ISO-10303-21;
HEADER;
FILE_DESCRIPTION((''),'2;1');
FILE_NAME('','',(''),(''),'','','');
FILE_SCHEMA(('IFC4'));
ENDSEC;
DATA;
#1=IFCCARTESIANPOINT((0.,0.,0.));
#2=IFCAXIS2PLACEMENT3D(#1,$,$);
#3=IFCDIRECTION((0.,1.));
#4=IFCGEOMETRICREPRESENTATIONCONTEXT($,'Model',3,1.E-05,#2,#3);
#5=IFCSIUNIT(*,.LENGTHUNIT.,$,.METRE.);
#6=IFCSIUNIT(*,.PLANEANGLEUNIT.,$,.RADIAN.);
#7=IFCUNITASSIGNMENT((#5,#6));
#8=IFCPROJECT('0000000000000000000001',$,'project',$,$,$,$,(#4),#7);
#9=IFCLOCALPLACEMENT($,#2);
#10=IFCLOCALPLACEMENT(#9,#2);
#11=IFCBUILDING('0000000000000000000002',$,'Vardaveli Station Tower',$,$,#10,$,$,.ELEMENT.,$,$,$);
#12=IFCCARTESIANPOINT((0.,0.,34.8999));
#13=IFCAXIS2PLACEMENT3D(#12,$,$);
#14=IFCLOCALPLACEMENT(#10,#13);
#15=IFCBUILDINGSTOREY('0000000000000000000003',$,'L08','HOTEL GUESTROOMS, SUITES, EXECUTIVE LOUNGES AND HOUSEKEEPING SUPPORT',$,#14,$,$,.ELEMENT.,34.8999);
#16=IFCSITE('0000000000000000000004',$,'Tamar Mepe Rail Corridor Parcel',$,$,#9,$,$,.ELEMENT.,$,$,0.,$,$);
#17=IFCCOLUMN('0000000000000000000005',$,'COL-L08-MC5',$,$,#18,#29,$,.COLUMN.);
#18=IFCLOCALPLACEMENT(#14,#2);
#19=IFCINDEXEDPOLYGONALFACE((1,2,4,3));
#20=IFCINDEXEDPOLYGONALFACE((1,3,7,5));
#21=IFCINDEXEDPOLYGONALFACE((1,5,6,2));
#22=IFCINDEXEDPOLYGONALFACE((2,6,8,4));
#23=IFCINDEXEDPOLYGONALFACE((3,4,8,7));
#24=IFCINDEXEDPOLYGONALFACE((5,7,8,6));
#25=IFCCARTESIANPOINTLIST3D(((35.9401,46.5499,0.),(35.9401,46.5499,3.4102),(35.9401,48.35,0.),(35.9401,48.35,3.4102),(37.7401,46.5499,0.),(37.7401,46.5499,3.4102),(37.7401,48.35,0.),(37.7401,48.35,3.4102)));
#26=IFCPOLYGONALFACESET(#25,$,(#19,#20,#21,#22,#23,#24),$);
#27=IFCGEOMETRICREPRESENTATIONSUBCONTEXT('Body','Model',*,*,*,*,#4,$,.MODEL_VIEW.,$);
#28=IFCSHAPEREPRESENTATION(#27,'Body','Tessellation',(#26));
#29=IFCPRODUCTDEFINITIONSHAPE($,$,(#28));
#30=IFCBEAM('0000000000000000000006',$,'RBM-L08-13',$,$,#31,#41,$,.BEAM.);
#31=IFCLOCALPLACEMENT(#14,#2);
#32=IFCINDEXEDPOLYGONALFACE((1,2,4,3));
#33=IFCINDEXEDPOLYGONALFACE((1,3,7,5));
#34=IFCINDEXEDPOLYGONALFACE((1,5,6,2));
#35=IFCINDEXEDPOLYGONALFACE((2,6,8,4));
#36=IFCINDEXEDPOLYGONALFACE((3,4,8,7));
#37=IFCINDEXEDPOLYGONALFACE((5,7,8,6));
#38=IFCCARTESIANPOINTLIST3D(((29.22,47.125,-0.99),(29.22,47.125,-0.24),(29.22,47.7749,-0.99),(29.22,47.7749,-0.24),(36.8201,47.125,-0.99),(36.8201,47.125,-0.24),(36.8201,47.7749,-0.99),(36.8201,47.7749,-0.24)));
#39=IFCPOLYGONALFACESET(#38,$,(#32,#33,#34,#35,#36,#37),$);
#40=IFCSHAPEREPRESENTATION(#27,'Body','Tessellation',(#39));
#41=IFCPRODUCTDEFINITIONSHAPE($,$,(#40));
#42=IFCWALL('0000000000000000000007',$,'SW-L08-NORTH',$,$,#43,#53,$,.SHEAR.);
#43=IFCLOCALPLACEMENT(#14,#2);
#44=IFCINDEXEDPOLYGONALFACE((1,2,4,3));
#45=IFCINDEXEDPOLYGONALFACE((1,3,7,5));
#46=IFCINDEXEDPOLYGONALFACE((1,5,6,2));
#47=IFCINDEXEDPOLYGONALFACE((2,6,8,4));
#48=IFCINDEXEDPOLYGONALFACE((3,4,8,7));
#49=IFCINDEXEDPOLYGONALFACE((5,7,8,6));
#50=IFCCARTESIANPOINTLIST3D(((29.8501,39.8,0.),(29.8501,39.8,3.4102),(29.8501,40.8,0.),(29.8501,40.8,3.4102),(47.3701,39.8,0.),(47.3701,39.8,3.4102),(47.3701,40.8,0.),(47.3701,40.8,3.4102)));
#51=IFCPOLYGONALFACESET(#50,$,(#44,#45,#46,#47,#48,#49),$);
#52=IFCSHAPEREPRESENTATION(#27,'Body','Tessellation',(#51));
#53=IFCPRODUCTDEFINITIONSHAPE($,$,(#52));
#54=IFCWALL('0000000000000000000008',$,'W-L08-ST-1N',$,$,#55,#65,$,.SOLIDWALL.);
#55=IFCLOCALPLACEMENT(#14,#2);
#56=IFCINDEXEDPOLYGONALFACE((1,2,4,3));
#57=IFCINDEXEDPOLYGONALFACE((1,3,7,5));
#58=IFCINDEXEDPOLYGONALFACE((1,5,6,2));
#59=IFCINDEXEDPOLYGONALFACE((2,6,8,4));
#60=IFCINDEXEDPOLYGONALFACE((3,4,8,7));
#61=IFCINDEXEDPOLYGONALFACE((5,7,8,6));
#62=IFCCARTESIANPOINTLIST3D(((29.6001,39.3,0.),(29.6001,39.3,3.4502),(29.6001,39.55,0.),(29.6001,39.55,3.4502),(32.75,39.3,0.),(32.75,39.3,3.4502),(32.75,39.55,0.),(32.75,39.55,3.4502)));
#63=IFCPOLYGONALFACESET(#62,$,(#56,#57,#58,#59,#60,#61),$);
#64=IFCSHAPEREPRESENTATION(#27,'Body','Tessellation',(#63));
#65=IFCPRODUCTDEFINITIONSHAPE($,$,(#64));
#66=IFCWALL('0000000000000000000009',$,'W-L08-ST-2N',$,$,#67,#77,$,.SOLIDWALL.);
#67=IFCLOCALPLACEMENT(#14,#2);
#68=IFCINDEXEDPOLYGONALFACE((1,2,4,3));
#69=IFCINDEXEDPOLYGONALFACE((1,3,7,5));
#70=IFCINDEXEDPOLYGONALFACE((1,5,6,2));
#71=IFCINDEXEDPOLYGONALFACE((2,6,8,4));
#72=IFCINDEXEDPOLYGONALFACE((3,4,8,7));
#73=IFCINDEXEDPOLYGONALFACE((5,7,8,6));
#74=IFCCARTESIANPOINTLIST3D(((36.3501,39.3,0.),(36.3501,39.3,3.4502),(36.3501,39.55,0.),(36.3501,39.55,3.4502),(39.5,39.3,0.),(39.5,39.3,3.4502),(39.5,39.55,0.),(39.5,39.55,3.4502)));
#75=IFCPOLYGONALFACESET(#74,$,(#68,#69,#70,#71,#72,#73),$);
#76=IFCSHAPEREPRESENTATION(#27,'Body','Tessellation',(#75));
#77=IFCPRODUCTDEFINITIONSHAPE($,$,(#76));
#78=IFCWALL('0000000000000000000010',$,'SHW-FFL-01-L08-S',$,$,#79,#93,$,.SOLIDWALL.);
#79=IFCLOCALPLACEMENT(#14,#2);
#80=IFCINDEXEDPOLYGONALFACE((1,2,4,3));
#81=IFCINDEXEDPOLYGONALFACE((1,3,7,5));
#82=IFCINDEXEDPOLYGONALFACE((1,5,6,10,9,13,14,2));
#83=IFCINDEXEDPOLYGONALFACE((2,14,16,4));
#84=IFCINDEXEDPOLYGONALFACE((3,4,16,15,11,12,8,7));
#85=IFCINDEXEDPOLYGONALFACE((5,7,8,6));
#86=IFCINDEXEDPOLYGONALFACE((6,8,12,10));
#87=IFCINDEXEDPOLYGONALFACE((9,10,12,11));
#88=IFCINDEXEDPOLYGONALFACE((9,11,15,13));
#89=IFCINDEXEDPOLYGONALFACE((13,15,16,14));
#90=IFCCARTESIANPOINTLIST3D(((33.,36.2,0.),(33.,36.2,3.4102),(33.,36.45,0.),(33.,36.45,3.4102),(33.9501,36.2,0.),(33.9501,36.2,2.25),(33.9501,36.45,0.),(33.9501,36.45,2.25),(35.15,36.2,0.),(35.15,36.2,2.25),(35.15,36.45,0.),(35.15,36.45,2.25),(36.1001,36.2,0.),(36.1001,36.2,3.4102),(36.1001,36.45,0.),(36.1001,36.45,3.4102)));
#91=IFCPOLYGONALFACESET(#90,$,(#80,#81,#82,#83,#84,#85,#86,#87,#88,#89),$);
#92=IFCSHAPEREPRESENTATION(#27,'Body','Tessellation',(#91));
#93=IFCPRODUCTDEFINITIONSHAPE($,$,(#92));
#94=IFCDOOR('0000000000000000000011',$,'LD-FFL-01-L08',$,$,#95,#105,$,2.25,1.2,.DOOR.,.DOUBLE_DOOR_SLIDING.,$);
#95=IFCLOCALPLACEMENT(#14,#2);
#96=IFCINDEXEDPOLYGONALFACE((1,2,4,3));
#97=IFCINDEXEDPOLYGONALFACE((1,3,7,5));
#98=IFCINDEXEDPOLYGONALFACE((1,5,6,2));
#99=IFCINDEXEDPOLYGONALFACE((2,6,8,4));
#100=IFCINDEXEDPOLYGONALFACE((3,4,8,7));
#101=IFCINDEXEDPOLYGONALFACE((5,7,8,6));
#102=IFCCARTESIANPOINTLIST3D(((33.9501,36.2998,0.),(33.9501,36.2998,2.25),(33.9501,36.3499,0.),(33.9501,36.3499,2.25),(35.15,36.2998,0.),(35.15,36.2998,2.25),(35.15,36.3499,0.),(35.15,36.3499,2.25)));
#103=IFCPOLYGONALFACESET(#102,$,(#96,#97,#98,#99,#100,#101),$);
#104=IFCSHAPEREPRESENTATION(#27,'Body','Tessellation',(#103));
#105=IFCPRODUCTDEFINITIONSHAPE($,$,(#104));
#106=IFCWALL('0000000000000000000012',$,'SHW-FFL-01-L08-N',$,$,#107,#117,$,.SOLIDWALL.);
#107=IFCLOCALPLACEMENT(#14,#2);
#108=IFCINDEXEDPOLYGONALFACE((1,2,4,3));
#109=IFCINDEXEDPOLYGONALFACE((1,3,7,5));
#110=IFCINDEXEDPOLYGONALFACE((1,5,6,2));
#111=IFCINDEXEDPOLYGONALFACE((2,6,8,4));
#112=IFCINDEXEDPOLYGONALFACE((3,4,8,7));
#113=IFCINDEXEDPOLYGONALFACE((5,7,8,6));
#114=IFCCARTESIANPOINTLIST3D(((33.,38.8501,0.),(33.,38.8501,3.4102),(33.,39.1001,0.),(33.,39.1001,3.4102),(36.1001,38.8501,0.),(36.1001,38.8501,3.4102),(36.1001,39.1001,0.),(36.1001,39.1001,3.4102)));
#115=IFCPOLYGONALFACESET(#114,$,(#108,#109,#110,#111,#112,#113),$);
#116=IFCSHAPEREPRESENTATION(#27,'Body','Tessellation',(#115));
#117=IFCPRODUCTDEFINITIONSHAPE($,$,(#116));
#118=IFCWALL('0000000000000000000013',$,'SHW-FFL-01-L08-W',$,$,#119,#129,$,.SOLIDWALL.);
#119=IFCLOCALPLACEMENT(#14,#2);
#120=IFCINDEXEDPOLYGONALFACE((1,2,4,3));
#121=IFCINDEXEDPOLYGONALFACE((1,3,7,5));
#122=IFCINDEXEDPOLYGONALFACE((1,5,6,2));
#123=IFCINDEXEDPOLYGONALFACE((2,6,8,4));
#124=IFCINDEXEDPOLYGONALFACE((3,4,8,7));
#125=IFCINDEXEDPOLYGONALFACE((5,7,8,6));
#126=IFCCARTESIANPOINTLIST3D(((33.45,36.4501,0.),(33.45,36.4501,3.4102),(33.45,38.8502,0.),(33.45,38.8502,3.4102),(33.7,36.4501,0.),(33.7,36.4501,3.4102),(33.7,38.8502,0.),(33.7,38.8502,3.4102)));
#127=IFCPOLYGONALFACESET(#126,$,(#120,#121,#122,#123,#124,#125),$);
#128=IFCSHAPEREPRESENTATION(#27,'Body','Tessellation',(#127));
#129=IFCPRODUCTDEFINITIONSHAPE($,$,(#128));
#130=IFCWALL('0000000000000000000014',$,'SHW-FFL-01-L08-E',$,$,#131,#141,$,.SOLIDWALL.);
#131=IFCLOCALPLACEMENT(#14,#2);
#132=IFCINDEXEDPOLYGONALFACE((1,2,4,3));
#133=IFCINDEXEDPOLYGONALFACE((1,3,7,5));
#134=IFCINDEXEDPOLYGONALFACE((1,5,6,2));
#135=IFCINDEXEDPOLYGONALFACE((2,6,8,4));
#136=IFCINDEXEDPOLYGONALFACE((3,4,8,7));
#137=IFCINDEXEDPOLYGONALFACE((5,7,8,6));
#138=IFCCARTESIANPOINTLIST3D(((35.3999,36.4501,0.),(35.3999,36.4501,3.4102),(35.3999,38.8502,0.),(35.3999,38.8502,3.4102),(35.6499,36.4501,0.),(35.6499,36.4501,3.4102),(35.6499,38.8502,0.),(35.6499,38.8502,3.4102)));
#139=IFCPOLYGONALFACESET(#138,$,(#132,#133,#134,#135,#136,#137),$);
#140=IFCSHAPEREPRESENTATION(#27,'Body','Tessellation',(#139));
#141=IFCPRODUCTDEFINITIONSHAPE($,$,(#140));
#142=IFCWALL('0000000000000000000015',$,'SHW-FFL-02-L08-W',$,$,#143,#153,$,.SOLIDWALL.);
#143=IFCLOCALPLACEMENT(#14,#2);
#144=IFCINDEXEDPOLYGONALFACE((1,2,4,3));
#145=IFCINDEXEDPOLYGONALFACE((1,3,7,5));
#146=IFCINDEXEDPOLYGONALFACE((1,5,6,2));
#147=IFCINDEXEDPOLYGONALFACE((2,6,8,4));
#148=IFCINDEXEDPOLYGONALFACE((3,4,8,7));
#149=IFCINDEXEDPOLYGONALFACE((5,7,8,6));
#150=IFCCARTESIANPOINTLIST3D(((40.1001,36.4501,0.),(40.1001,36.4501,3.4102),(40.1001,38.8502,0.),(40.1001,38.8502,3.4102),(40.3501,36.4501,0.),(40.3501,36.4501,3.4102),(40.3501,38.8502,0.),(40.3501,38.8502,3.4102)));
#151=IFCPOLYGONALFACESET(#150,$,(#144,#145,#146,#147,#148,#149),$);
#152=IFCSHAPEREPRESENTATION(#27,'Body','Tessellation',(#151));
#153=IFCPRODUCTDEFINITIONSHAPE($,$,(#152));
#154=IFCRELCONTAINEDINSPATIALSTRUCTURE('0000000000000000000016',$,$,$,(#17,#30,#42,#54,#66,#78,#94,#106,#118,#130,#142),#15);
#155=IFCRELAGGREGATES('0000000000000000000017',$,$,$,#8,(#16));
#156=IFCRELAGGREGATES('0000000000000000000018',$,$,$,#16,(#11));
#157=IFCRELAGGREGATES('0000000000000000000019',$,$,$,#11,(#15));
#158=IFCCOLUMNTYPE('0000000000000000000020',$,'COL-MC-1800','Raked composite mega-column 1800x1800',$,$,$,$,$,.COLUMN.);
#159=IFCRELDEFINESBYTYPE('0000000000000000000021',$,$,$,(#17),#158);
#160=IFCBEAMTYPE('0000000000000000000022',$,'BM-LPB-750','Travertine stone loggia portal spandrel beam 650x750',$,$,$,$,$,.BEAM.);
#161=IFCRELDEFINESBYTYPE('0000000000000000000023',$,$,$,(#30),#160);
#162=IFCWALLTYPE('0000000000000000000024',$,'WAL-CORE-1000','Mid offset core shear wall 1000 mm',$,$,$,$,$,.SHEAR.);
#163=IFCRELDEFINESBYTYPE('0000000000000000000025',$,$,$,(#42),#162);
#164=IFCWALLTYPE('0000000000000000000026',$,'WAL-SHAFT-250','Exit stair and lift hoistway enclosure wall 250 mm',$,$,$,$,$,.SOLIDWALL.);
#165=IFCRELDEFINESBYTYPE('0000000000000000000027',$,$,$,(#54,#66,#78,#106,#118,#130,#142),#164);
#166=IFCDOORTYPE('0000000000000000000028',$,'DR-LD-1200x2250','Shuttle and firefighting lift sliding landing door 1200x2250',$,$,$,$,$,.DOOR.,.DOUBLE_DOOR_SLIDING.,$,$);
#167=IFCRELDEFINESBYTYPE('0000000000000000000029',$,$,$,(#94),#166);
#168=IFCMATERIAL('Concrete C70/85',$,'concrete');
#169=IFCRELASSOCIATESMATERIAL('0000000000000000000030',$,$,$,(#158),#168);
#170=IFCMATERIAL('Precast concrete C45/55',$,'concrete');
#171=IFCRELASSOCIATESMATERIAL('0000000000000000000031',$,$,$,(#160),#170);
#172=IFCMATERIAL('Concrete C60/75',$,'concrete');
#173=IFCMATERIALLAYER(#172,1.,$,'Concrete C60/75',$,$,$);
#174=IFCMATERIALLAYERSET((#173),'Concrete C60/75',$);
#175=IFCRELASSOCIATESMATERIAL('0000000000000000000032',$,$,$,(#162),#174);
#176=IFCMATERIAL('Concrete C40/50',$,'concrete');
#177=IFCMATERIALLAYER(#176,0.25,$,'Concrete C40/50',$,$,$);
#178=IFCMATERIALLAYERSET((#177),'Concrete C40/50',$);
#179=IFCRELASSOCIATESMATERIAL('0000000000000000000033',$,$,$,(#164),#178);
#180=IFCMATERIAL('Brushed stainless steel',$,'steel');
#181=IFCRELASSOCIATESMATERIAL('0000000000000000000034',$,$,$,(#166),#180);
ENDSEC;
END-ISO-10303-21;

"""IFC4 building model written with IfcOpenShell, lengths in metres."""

from ifc_helpers import new_model, si_unit, direction, frame, frame_2d, origin, origin_2d, place, context, subcontext, project, spatial, rectangle, extrude, source, transform, mapped, material, layer, layer_set, material_profile, profile_set, type_object, element, fill, save


model = new_model("IFC4")

# Units and contexts
model_context = context("Model", 3, precision=1e-05, world=origin(), true_north=direction((0.0, 1.0)))
body_context = subcontext(model_context, "Body", "Model", "MODEL_VIEW")
ifc_project = project(units=[si_unit("LENGTHUNIT", "METRE"), si_unit("PLANEANGLEUNIT", "RADIAN")], contexts=[model_context])

# Site, building, storey
site_placement = place(None, origin())
site = spatial("IfcSite", under=ifc_project, at=site_placement, Name="Tamar Mepe Rail Corridor Parcel", CompositionType="ELEMENT", RefElevation=0.0)
building_placement = place(site_placement, origin())
building = spatial("IfcBuilding", under=site, at=building_placement, Name="Vardaveli Station Tower", CompositionType="ELEMENT")
storey_placement = place(building_placement, frame((0.0, 0.0, 34.8999)))
storey = spatial("IfcBuildingStorey", under=building, at=storey_placement, Name="L08", Description="HOTEL GUESTROOMS, SUITES, EXECUTIVE LOUNGES AND HOUSEKEEPING SUPPORT", CompositionType="ELEMENT", Elevation=34.8999)

# Column
ifc_material_1 = material(Name="Concrete C70/85", Category="concrete")
ifc_material_profile_1 = material_profile(ifc_material_1, rectangle(XDim=1.8, YDim=1.8, at=origin_2d()), Name="MC 1800x1800")
ifc_profile_set_1 = profile_set([ifc_material_profile_1], Name="Concrete C70/85")
column_type = type_object("IfcColumnType", Name="COL-MC-1800", Description="Raked composite mega-column 1800x1800", PredefinedType="COLUMN", material=ifc_profile_set_1)
shared_shape_1 = source(origin(), body_context, "Body", "SweptSolid", [
    extrude(rectangle(XDim=1.8, YDim=1.8, at=origin_2d()), origin(), (0.0, 0.0, 1.0), 3.4102),
])
column_placement = place(storey_placement, frame((36.8401, 47.45, 0.0), z_axis=(0.0, 0.0, 1.0), x_axis=(1.0, 0.0, 0.0)))
element("IfcColumn", 1, at=column_placement, inside=storey, type_object=column_type, Name="COL-L08-MC5", PredefinedType="COLUMN", context=body_context, shape_type="MappedRepresentation", body=[
    mapped(shared_shape_1, transform((0.0, 0.0, 0.0), scale=1.0)),
])

# Beam
ifc_material_2 = material(Name="Precast concrete C45/55", Category="concrete")
ifc_material_profile_2 = material_profile(ifc_material_2, rectangle(XDim=0.6499, YDim=0.75, at=origin_2d()), Name="LPB 650x750")
ifc_profile_set_2 = profile_set([ifc_material_profile_2], Name="Precast concrete C45/55")
beam_type = type_object("IfcBeamType", Name="BM-LPB-750", Description="Travertine stone loggia portal spandrel beam 650x750", PredefinedType="BEAM", material=ifc_profile_set_2)
shared_shape_2 = source(origin(), body_context, "Body", "SweptSolid", [
    extrude(rectangle(XDim=0.6499, YDim=0.75, at=origin_2d()), origin(), (0.0, 0.0, 1.0), 7.6001),
])
beam_placement = place(storey_placement, frame((36.8201, 47.45, -0.615), z_axis=(-1.0, 0.0, 0.0), x_axis=(0.0, -1.0, 0.0)))
element("IfcBeam", 2, at=beam_placement, inside=storey, type_object=beam_type, Name="RBM-L08-13", PredefinedType="BEAM", context=body_context, shape_type="MappedRepresentation", body=[
    mapped(shared_shape_2, transform((0.0, 0.0, 0.0), scale=1.0)),
])

# Walls
ifc_material_3 = material(Name="Concrete C60/75", Category="concrete")
ifc_layer_1 = layer(ifc_material_3, 1.0, Name="Concrete C60/75")
ifc_layer_set_1 = layer_set([ifc_layer_1], Name="Concrete C60/75")
wall_type_1 = type_object("IfcWallType", Name="WAL-CORE-1000", Description="Mid offset core shear wall 1000 mm", PredefinedType="SHEAR", material=ifc_layer_set_1)
shared_shape_3 = source(origin(), body_context, "Body", "SweptSolid", [
    extrude(rectangle(XDim=17.52, YDim=1.0, at=frame_2d((8.76, 0.0))), origin(), (0.0, 0.0, 1.0), 3.4102),
])
wall_1_placement = place(storey_placement, frame((29.8501, 40.3, 0.0), z_axis=(0.0, 0.0, 1.0), x_axis=(1.0, 0.0, 0.0)))
element("IfcWall", 3, at=wall_1_placement, inside=storey, type_object=wall_type_1, Name="SW-L08-NORTH", PredefinedType="SHEAR", context=body_context, shape_type="MappedRepresentation", body=[
    mapped(shared_shape_3, transform((0.0, 0.0, 0.0), scale=1.0)),
])
ifc_material_4 = material(Name="Concrete C40/50", Category="concrete")
ifc_layer_2 = layer(ifc_material_4, 0.25, Name="Concrete C40/50")
ifc_layer_set_2 = layer_set([ifc_layer_2], Name="Concrete C40/50")
wall_type_2 = type_object("IfcWallType", Name="WAL-SHAFT-250", Description="Exit stair and lift hoistway enclosure wall 250 mm", PredefinedType="SOLIDWALL", material=ifc_layer_set_2)
shared_shape_4 = source(origin(), body_context, "Body", "SweptSolid", [
    extrude(rectangle(XDim=3.1499, YDim=0.25, at=frame_2d((1.575, 0.0))), origin(), (0.0, 0.0, 1.0), 3.4502),
])
for number, where, z_axis, x_axis, name in (
    (4, (29.6001, 39.425, 0.0), (0.0, 0.0, 1.0), (1.0, 0.0, 0.0), "W-L08-ST-1N"),
    (5, (36.3501, 39.425, 0.0), (0.0, 0.0, 1.0), (1.0, 0.0, 0.0), "W-L08-ST-2N"),
):
    element("IfcWall", number, at=place(storey_placement, frame(where, z_axis=z_axis, x_axis=x_axis)), inside=storey, type_object=wall_type_2, Name=name, PredefinedType="SOLIDWALL", context=body_context, shape_type="MappedRepresentation", body=[
        mapped(shared_shape_4, transform((0.0, 0.0, 0.0), scale=1.0)),
    ])

# Wall, opening, door
shared_shape_5 = source(origin(), body_context, "Body", "SweptSolid", [
    extrude(rectangle(XDim=3.1001, YDim=0.25, at=frame_2d((1.55, 0.0))), origin(), (0.0, 0.0, 1.0), 3.4102),
])
wall_2_placement = place(storey_placement, frame((33.0, 36.325, 0.0), z_axis=(0.0, 0.0, 1.0), x_axis=(1.0, 0.0, 0.0)))
wall_2 = element("IfcWall", 6, at=wall_2_placement, inside=storey, type_object=wall_type_2, Name="SHW-FFL-01-L08-S", PredefinedType="SOLIDWALL", context=body_context, shape_type="MappedRepresentation", body=[
    mapped(shared_shape_5, transform((0.0, 0.0, 0.0), scale=1.0)),
])
shared_shape_6 = source(origin(), body_context, "Body", "SweptSolid", [
    extrude(rectangle(XDim=1.2, YDim=2.25, at=frame_2d((0.6001, 1.125))), frame((0.0, 0.135, 0.0), z_axis=(0.0, -1.0, 0.0), x_axis=(1.0, 0.0, 0.0)), (0.0, 0.0, 1.0), 0.27),
])
opening_1_placement = place(wall_2_placement, frame((0.95, 0.0, 0.0)))
opening_1 = element("IfcOpeningElement", 7, at=opening_1_placement, cuts=wall_2, PredefinedType="OPENING", context=body_context, shape_type="MappedRepresentation", body=[
    mapped(shared_shape_6, transform((0.0, 0.0, 0.0), scale=1.0)),
])
ifc_material_5 = material(Name="Brushed stainless steel", Category="steel")
door_type = type_object("IfcDoorType", Name="DR-LD-1200x2250", Description="Shuttle and firefighting lift sliding landing door 1200x2250", OperationType="DOUBLE_DOOR_SLIDING", PredefinedType="DOOR", material=ifc_material_5)
shared_shape_7 = source(origin(), body_context, "Body", "SweptSolid", [
    extrude(rectangle(XDim=1.2, YDim=2.25, at=frame_2d((0.6001, 1.125))), frame((0.0, 0.0249, 0.0), z_axis=(0.0, -1.0, 0.0), x_axis=(1.0, 0.0, 0.0)), (0.0, 0.0, 1.0), 0.05),
])
door_1_placement = place(opening_1_placement, origin())
door_1 = element("IfcDoor", 8, at=door_1_placement, inside=storey, type_object=door_type, Name="LD-FFL-01-L08", OperationType="DOUBLE_DOOR_SLIDING", OverallHeight=2.25, OverallWidth=1.2, PredefinedType="DOOR", context=body_context, shape_type="MappedRepresentation", body=[
    mapped(shared_shape_7, transform((0.0, 0.0, 0.0), scale=1.0)),
])
fill(opening_1, door_1)

# Walls
wall_3_placement = place(storey_placement, frame((33.0, 38.9751, 0.0), z_axis=(0.0, 0.0, 1.0), x_axis=(1.0, 0.0, 0.0)))
element("IfcWall", 9, at=wall_3_placement, inside=storey, type_object=wall_type_2, Name="SHW-FFL-01-L08-N", PredefinedType="SOLIDWALL", context=body_context, shape_type="MappedRepresentation", body=[
    mapped(shared_shape_5, transform((0.0, 0.0, 0.0), scale=1.0)),
])
shared_shape_8 = source(origin(), body_context, "Body", "SweptSolid", [
    extrude(rectangle(XDim=2.4001, YDim=0.25, at=frame_2d((1.2002, 0.0))), origin(), (0.0, 0.0, 1.0), 3.4102),
])
for number, where, z_axis, x_axis, name in (
    (10, (33.575, 36.45, 0.0), (0.0, 0.0, 1.0), (0.0, 1.0, 0.0), "SHW-FFL-01-L08-W"),
    (11, (35.5249, 36.45, 0.0), (0.0, 0.0, 1.0), (0.0, 1.0, 0.0), "SHW-FFL-01-L08-E"),
    (12, (40.2251, 36.45, 0.0), (0.0, 0.0, 1.0), (0.0, 1.0, 0.0), "SHW-FFL-02-L08-W"),
):
    element("IfcWall", number, at=place(storey_placement, frame(where, z_axis=z_axis, x_axis=x_axis)), inside=storey, type_object=wall_type_2, Name=name, PredefinedType="SOLIDWALL", context=body_context, shape_type="MappedRepresentation", body=[
        mapped(shared_shape_8, transform((0.0, 0.0, 0.0), scale=1.0)),
    ])

save(model, "model.ifc")
